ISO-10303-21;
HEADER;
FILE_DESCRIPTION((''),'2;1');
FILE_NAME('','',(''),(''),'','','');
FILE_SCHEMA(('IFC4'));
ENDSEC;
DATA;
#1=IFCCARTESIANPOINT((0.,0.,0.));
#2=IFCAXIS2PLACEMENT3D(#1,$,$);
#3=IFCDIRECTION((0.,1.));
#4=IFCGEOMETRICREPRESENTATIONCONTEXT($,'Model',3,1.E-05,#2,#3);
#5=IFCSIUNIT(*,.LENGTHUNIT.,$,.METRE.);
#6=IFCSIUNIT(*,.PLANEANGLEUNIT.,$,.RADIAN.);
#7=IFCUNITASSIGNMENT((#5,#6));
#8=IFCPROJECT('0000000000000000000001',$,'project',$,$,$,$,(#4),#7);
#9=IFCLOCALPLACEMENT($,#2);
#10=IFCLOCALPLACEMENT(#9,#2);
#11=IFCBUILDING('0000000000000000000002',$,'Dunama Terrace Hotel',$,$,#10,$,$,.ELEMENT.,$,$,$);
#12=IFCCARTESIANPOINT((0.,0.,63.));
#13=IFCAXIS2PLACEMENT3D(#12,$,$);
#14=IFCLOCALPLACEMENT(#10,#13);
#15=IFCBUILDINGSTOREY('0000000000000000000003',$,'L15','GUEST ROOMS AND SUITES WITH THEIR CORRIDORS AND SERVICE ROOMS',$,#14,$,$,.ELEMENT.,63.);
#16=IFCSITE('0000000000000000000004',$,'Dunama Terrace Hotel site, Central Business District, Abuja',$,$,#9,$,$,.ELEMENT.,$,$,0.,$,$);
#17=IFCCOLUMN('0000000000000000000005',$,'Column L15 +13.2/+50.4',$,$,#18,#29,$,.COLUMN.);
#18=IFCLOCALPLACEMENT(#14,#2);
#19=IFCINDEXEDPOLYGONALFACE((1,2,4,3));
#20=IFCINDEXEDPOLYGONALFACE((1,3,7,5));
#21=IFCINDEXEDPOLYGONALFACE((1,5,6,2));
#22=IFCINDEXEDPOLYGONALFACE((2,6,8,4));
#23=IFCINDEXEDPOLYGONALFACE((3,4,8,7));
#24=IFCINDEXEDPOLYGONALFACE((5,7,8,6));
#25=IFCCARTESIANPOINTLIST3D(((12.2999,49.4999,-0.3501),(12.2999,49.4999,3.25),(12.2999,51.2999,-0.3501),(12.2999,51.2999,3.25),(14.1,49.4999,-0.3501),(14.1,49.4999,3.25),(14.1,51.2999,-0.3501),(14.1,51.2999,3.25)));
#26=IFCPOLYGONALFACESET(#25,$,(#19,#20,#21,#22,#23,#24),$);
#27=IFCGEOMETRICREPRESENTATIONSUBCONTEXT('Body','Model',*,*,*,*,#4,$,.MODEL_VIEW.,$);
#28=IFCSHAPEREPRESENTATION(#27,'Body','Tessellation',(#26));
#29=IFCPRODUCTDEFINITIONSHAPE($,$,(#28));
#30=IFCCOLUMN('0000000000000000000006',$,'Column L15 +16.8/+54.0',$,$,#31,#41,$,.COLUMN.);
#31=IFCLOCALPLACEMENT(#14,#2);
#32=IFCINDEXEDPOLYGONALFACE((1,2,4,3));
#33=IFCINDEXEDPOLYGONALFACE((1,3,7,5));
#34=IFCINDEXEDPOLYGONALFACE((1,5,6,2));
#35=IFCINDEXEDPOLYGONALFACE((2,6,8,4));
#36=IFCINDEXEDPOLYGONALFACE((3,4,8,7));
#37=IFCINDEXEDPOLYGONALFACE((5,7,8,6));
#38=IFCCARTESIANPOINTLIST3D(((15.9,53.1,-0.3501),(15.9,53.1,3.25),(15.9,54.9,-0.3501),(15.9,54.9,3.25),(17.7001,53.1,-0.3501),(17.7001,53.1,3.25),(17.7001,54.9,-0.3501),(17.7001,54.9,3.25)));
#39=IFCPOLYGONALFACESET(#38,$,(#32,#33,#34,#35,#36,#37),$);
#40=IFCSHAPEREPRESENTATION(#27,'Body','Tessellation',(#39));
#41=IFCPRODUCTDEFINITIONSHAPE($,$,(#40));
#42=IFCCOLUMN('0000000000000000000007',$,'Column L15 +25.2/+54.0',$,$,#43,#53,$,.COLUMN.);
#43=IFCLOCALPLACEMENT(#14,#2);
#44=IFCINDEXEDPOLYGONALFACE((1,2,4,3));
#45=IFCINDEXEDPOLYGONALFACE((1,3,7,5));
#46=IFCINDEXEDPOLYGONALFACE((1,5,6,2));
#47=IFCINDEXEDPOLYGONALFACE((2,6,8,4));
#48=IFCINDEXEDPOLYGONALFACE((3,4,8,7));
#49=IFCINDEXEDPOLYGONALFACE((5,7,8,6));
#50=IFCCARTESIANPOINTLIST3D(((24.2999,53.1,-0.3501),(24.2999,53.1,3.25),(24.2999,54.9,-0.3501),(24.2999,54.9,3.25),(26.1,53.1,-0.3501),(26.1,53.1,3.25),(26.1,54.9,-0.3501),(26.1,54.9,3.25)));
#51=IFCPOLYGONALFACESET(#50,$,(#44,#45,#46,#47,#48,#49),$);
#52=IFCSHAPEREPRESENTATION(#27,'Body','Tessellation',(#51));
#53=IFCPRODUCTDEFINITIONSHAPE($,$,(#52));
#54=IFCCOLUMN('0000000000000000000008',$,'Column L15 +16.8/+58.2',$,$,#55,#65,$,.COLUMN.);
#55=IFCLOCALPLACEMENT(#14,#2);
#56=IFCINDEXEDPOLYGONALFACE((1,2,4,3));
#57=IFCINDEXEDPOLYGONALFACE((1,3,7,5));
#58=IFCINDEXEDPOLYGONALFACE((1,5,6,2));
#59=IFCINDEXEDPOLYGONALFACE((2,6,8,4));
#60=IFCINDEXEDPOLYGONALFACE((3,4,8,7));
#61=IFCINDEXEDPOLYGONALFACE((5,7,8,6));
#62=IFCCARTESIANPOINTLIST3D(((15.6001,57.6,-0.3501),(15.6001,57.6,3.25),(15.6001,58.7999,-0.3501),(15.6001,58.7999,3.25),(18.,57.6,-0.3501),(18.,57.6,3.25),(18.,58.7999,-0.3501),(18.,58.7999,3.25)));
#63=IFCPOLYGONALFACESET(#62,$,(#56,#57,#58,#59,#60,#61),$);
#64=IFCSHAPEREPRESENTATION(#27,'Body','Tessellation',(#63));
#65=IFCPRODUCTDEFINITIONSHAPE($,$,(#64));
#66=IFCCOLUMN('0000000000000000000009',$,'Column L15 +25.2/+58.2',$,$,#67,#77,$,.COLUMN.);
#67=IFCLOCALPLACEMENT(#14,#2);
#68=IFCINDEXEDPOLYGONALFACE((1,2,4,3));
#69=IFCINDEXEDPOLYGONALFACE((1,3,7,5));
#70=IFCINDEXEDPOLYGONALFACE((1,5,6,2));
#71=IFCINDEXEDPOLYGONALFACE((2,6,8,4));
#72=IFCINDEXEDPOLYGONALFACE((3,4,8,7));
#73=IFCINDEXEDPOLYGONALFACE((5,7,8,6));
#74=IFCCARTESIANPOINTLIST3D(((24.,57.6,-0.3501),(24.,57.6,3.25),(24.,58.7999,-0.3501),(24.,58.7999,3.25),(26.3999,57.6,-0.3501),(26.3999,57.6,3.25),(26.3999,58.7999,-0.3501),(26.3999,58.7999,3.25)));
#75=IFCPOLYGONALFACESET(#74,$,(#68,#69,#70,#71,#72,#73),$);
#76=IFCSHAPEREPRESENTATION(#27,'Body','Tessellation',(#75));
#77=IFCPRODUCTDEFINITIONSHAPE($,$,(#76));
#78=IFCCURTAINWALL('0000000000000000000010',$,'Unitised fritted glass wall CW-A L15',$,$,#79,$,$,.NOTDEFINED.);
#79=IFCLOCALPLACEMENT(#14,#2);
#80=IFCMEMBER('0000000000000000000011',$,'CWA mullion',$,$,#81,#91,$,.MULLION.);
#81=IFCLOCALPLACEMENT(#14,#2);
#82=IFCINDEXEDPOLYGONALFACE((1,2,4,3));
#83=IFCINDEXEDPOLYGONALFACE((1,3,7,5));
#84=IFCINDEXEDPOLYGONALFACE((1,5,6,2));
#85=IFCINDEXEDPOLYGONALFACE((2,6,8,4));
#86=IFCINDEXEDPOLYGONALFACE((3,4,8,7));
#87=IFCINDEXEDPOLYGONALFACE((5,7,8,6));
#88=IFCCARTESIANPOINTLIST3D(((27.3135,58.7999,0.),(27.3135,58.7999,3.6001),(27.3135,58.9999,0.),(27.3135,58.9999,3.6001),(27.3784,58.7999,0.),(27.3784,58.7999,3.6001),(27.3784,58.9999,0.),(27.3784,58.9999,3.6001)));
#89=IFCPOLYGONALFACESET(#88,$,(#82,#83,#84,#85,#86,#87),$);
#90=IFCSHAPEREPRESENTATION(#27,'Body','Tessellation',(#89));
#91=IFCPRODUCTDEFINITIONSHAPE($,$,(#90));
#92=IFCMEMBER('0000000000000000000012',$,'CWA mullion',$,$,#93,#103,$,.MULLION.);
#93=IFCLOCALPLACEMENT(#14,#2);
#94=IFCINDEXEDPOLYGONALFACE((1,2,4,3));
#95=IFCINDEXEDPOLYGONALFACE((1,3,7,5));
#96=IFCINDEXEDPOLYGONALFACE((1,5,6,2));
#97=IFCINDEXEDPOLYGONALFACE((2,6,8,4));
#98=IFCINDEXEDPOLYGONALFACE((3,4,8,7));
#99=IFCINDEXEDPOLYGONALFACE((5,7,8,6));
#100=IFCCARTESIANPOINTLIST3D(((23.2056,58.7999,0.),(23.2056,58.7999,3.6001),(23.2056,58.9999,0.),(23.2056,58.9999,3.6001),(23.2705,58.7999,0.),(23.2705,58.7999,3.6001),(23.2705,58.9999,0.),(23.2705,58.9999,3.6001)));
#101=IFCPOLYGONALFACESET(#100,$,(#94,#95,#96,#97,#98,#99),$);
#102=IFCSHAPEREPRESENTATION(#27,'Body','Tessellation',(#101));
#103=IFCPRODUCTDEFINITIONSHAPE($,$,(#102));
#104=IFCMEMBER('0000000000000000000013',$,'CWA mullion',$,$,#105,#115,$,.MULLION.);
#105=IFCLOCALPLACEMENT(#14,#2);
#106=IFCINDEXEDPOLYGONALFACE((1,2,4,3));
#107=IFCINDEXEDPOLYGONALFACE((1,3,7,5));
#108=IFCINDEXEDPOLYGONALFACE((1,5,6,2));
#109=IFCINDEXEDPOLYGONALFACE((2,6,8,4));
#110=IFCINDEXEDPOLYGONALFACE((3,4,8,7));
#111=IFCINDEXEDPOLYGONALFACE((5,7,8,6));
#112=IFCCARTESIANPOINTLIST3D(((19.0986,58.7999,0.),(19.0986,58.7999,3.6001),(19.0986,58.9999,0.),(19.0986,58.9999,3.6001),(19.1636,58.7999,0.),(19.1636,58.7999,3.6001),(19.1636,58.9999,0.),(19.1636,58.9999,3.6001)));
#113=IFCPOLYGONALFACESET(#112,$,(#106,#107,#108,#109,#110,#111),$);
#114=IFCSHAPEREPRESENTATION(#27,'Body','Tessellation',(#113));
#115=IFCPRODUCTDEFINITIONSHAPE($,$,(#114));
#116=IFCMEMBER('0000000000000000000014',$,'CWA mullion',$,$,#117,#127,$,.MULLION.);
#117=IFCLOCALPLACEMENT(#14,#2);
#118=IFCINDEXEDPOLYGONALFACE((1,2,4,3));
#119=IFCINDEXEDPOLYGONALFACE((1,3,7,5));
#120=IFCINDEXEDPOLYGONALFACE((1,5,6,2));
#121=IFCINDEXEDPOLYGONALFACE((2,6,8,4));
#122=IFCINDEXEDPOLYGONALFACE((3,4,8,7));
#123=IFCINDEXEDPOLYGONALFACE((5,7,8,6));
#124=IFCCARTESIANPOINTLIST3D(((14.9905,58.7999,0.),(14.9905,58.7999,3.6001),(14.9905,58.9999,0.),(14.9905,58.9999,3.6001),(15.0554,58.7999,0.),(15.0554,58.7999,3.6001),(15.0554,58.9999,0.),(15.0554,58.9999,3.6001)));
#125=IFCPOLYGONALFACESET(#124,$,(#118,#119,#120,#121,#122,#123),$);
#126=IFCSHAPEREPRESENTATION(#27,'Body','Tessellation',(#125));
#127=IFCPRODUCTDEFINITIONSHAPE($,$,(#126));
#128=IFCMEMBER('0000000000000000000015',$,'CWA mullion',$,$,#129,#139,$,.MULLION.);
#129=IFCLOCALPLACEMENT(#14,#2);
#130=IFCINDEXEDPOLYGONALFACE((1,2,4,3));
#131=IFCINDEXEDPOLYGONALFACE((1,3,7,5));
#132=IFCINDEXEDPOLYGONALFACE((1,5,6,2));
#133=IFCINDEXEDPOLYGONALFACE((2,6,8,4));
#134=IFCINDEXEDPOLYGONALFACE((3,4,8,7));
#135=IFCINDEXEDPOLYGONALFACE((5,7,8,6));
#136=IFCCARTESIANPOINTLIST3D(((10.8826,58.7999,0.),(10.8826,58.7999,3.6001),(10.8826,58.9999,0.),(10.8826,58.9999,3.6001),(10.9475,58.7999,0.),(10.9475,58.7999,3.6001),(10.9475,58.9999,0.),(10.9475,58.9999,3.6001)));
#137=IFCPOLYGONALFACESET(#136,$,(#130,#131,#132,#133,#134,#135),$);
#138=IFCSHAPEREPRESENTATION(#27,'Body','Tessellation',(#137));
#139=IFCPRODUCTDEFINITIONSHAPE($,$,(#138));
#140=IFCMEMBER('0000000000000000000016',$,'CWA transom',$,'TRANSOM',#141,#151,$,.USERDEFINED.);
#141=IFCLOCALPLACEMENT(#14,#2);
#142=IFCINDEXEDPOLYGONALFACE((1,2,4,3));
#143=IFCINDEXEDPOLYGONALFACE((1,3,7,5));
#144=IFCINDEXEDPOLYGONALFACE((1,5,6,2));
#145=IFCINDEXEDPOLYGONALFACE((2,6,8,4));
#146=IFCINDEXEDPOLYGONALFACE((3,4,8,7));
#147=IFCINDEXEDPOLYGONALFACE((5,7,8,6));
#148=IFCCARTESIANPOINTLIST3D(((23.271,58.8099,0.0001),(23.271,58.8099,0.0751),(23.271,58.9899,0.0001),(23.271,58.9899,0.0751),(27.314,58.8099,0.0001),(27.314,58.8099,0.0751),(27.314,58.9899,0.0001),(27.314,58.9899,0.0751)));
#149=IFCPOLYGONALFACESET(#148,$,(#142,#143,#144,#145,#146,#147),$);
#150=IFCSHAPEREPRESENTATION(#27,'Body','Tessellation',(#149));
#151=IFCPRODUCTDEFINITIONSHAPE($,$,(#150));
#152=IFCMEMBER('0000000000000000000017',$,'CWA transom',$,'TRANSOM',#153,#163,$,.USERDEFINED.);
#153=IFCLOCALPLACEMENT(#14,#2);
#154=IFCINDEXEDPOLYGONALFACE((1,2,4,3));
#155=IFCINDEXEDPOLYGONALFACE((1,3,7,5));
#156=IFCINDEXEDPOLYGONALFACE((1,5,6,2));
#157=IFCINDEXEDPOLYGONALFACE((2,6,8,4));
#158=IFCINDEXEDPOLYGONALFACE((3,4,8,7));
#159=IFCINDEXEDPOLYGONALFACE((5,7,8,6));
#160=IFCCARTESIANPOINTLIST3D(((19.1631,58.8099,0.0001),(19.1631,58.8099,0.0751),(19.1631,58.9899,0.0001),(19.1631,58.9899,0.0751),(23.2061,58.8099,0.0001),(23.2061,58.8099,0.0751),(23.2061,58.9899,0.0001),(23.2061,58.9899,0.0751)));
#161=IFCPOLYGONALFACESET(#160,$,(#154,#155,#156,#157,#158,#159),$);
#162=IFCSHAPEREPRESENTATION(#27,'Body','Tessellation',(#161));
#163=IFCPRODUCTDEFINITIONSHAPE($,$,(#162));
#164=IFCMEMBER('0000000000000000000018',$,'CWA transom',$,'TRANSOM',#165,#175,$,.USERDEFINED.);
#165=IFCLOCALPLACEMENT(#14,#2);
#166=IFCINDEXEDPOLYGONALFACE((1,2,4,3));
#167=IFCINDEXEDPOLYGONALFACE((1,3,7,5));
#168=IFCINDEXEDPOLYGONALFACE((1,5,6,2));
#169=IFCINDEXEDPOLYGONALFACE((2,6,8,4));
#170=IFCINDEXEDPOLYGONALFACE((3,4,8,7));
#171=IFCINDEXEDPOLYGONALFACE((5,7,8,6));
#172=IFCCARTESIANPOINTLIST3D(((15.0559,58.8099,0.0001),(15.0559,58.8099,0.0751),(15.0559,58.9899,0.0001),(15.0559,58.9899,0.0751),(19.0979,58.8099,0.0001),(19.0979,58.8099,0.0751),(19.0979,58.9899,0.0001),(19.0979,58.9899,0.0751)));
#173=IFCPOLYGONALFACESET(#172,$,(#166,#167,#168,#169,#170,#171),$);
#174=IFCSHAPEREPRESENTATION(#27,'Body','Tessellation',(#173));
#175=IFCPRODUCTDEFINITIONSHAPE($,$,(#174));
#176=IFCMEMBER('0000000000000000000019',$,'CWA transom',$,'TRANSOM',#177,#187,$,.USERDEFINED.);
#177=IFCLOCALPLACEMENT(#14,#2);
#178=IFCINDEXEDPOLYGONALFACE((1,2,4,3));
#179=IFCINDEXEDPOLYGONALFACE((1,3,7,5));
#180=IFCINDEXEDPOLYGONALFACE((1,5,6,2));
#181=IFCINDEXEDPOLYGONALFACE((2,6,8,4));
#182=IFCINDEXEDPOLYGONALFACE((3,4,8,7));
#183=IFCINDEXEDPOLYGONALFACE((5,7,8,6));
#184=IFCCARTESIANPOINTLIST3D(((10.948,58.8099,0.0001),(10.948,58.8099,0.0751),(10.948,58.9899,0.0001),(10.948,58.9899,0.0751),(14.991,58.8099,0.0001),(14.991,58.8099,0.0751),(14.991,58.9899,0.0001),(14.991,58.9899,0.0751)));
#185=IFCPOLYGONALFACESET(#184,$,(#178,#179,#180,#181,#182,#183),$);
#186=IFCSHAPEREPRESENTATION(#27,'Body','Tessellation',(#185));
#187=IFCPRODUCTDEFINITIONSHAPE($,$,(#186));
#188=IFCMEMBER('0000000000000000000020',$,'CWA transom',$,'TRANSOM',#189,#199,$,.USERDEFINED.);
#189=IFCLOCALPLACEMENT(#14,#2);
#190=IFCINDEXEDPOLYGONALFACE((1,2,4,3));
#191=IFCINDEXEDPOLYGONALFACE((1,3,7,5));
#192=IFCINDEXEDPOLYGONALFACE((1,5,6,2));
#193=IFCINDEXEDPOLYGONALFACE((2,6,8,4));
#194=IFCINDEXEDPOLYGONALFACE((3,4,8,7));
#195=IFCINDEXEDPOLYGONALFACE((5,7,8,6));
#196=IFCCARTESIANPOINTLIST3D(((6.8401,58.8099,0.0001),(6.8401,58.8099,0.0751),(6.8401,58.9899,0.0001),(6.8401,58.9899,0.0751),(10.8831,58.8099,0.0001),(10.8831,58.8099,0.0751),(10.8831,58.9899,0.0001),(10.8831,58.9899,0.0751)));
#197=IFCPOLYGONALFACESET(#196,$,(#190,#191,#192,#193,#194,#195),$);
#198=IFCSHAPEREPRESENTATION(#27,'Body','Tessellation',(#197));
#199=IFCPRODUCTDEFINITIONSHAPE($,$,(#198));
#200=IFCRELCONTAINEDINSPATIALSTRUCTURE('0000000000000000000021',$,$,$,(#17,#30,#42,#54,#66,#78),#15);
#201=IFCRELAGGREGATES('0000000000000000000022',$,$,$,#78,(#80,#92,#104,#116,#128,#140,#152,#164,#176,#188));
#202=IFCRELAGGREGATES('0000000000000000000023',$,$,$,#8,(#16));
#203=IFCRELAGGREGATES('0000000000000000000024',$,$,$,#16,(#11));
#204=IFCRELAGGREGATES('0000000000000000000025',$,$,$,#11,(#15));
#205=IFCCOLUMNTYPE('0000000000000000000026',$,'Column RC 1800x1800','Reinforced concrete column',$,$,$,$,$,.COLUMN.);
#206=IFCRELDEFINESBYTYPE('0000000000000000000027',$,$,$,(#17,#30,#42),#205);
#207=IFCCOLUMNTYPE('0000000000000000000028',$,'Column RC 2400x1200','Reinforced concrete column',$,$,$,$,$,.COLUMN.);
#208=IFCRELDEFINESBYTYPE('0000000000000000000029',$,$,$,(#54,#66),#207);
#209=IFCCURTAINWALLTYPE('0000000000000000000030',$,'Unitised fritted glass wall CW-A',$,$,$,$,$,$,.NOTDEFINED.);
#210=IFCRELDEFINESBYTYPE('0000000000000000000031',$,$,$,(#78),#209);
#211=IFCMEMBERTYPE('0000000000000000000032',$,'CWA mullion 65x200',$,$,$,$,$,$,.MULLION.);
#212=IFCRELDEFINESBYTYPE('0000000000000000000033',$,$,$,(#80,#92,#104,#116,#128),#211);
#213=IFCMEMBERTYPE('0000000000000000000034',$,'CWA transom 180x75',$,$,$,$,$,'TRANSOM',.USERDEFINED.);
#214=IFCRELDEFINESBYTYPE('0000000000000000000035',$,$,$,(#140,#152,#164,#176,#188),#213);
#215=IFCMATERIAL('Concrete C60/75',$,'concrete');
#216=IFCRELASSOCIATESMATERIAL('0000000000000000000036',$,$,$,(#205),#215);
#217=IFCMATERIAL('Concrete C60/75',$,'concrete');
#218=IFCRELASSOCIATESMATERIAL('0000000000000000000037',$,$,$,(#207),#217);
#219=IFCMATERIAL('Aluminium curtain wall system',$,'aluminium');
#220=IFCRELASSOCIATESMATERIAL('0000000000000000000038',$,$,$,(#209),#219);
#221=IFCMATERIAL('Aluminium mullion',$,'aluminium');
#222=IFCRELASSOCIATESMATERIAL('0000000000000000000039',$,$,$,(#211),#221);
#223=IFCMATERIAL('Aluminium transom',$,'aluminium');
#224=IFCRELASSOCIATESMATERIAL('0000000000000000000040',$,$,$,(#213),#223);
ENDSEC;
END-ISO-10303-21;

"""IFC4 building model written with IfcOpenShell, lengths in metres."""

from ifc_helpers import new_model, si_unit, direction, frame, origin, origin_2d, place, context, subcontext, project, spatial, rectangle, extrude, material, material_profile, profile_set, type_object, element, aggregate, save


model = new_model("IFC4")

# Units and contexts
model_context = context("Model", 3, precision=1e-05, world=origin(), true_north=direction((0.0, 1.0)))
body_context = subcontext(model_context, "Body", "Model", "MODEL_VIEW")
ifc_project = project(units=[si_unit("LENGTHUNIT", "METRE"), si_unit("PLANEANGLEUNIT", "RADIAN")], contexts=[model_context])

# Site, building, storey
site_placement = place(None, origin())
site = spatial("IfcSite", under=ifc_project, at=site_placement, Name="Dunama Terrace Hotel site, Central Business District, Abuja", CompositionType="ELEMENT", RefElevation=0.0)
building_placement = place(site_placement, origin())
building = spatial("IfcBuilding", under=site, at=building_placement, Name="Dunama Terrace Hotel", CompositionType="ELEMENT")
storey_placement = place(building_placement, frame((0.0, 0.0, 63.0)))
storey = spatial("IfcBuildingStorey", under=building, at=storey_placement, Name="L15", Description="GUEST ROOMS AND SUITES WITH THEIR CORRIDORS AND SERVICE ROOMS", CompositionType="ELEMENT", Elevation=63.0)

# Columns
ifc_material_1 = material(Name="Concrete C60/75", Category="concrete")
ifc_material_profile_1 = material_profile(ifc_material_1, rectangle(XDim=1.8, YDim=1.8, at=origin_2d()), Name="RC 1800x1800")
ifc_profile_set_1 = profile_set([ifc_material_profile_1], Name="Concrete C60/75")
column_type_1 = type_object("IfcColumnType", Name="Column RC 1800x1800", Description="Reinforced concrete column", PredefinedType="COLUMN", material=ifc_profile_set_1)
for number, where, z_axis, x_axis, name in (
    (1, (13.2, 50.3999, -0.3501), (0.0, 0.0, 1.0), (1.0, 0.0, 0.0), "Column L15 +13.2/+50.4"),
    (2, (16.8, 54.0, -0.3501), (0.0, 0.0, 1.0), (1.0, 0.0, 0.0), "Column L15 +16.8/+54.0"),
    (3, (25.2, 54.0, -0.3501), (0.0, 0.0, 1.0), (1.0, 0.0, 0.0), "Column L15 +25.2/+54.0"),
):
    element("IfcColumn", number, at=place(storey_placement, frame(where, z_axis=z_axis, x_axis=x_axis)), inside=storey, type_object=column_type_1, Name=name, PredefinedType="COLUMN", context=body_context, shape_type="SweptSolid", body=[
        extrude(rectangle(XDim=1.8, YDim=1.8, at=origin_2d()), origin(), (0.0, 0.0, 1.0), 3.6001),
    ])
ifc_material_2 = material(Name="Concrete C60/75", Category="concrete")
ifc_material_profile_2 = material_profile(ifc_material_2, rectangle(XDim=2.3999, YDim=1.2, at=origin_2d()), Name="RC 2400x1200")
ifc_profile_set_2 = profile_set([ifc_material_profile_2], Name="Concrete C60/75")
column_type_2 = type_object("IfcColumnType", Name="Column RC 2400x1200", Description="Reinforced concrete column", PredefinedType="COLUMN", material=ifc_profile_set_2)
for number, where, z_axis, x_axis, name in (
    (4, (16.8, 58.2, -0.3501), (0.0, 0.0, 1.0), (1.0, 0.0, 0.0), "Column L15 +16.8/+58.2"),
    (5, (25.2, 58.2, -0.3501), (0.0, 0.0, 1.0), (1.0, 0.0, 0.0), "Column L15 +25.2/+58.2"),
):
    element("IfcColumn", number, at=place(storey_placement, frame(where, z_axis=z_axis, x_axis=x_axis)), inside=storey, type_object=column_type_2, Name=name, PredefinedType="COLUMN", context=body_context, shape_type="SweptSolid", body=[
        extrude(rectangle(XDim=2.3999, YDim=1.2, at=origin_2d()), origin(), (0.0, 0.0, 1.0), 3.6001),
    ])

# Curtain wall, members
ifc_material_3 = material(Name="Aluminium curtain wall system", Category="aluminium")
curtain_wall_type = type_object("IfcCurtainWallType", Name="Unitised fritted glass wall CW-A", PredefinedType="NOTDEFINED", material=ifc_material_3)
curtain_wall_placement = place(storey_placement, origin())
curtain_wall = element("IfcCurtainWall", 6, at=curtain_wall_placement, inside=storey, type_object=curtain_wall_type, Name="Unitised fritted glass wall CW-A L15", PredefinedType="NOTDEFINED")
ifc_material_4 = material(Name="Aluminium mullion", Category="aluminium")
ifc_material_profile_3 = material_profile(ifc_material_4, rectangle(XDim=0.0649, YDim=0.2, at=origin_2d()), Name="CWA MULLION 65X200")
ifc_profile_set_3 = profile_set([ifc_material_profile_3], Name="Aluminium mullion")
member_type_1 = type_object("IfcMemberType", Name="CWA mullion 65x200", PredefinedType="MULLION", material=ifc_profile_set_3)
member_1_placement = place(storey_placement, frame((27.3459, 58.8999, 0.0), z_axis=(0.0, 0.0, 1.0), x_axis=(-1.0, 0.0, 0.0)))
member_1 = element("IfcMember", 7, at=member_1_placement, type_object=member_type_1, Name="CWA mullion", PredefinedType="MULLION", context=body_context, shape_type="SweptSolid", body=[
    extrude(rectangle(XDim=0.0649, YDim=0.2, at=origin_2d()), origin(), (0.0, 0.0, 1.0), 3.6001),
])
member_2_placement = place(storey_placement, frame((23.238, 58.8999, 0.0), z_axis=(0.0, 0.0, 1.0), x_axis=(-1.0, 0.0, 0.0)))
member_2 = element("IfcMember", 8, at=member_2_placement, type_object=member_type_1, Name="CWA mullion", PredefinedType="MULLION", context=body_context, shape_type="SweptSolid", body=[
    extrude(rectangle(XDim=0.0649, YDim=0.2, at=origin_2d()), origin(), (0.0, 0.0, 1.0), 3.6001),
])
member_3_placement = place(storey_placement, frame((19.1311, 58.8999, 0.0), z_axis=(0.0, 0.0, 1.0), x_axis=(-1.0, 0.0, 0.0)))
member_3 = element("IfcMember", 9, at=member_3_placement, type_object=member_type_1, Name="CWA mullion", PredefinedType="MULLION", context=body_context, shape_type="SweptSolid", body=[
    extrude(rectangle(XDim=0.0649, YDim=0.2, at=origin_2d()), origin(), (0.0, 0.0, 1.0), 3.6001),
])
member_4_placement = place(storey_placement, frame((15.0229, 58.8999, 0.0), z_axis=(0.0, 0.0, 1.0), x_axis=(-1.0, 0.0, 0.0)))
member_4 = element("IfcMember", 10, at=member_4_placement, type_object=member_type_1, Name="CWA mullion", PredefinedType="MULLION", context=body_context, shape_type="SweptSolid", body=[
    extrude(rectangle(XDim=0.0649, YDim=0.2, at=origin_2d()), origin(), (0.0, 0.0, 1.0), 3.6001),
])
member_5_placement = place(storey_placement, frame((10.915, 58.8999, 0.0), z_axis=(0.0, 0.0, 1.0), x_axis=(-1.0, 0.0, 0.0)))
member_5 = element("IfcMember", 11, at=member_5_placement, type_object=member_type_1, Name="CWA mullion", PredefinedType="MULLION", context=body_context, shape_type="SweptSolid", body=[
    extrude(rectangle(XDim=0.0649, YDim=0.2, at=origin_2d()), origin(), (0.0, 0.0, 1.0), 3.6001),
])
ifc_material_5 = material(Name="Aluminium transom", Category="aluminium")
ifc_material_profile_4 = material_profile(ifc_material_5, rectangle(XDim=0.1799, YDim=0.075, at=origin_2d()), Name="CWA TRANSOM 180X75")
ifc_profile_set_4 = profile_set([ifc_material_profile_4], Name="Aluminium transom")
member_type_2 = type_object("IfcMemberType", Name="CWA transom 180x75", ElementType="TRANSOM", PredefinedType="USERDEFINED", material=ifc_profile_set_4)
member_6_placement = place(storey_placement, frame((27.314, 58.8999, 0.0376), z_axis=(-1.0, 0.0, 0.0), x_axis=(0.0, -1.0, 0.0)))
member_6 = element("IfcMember", 12, at=member_6_placement, type_object=member_type_2, Name="CWA transom", ObjectType="TRANSOM", PredefinedType="USERDEFINED", context=body_context, shape_type="SweptSolid", body=[
    extrude(rectangle(XDim=0.1799, YDim=0.075, at=origin_2d()), origin(), (0.0, 0.0, 1.0), 4.043),
])
member_7_placement = place(storey_placement, frame((23.2061, 58.8999, 0.0376), z_axis=(-1.0, 0.0, 0.0), x_axis=(0.0, -1.0, 0.0)))
member_7 = element("IfcMember", 13, at=member_7_placement, type_object=member_type_2, Name="CWA transom", ObjectType="TRANSOM", PredefinedType="USERDEFINED", context=body_context, shape_type="SweptSolid", body=[
    extrude(rectangle(XDim=0.1799, YDim=0.075, at=origin_2d()), origin(), (0.0, 0.0, 1.0), 4.043),
])
member_8_placement = place(storey_placement, frame((19.0979, 58.8999, 0.0376), z_axis=(-1.0, 0.0, 0.0), x_axis=(0.0, -1.0, 0.0)))
member_8 = element("IfcMember", 14, at=member_8_placement, type_object=member_type_2, Name="CWA transom", ObjectType="TRANSOM", PredefinedType="USERDEFINED", context=body_context, shape_type="SweptSolid", body=[
    extrude(rectangle(XDim=0.1799, YDim=0.075, at=origin_2d()), origin(), (0.0, 0.0, 1.0), 4.042),
])
member_9_placement = place(storey_placement, frame((14.991, 58.8999, 0.0376), z_axis=(-1.0, 0.0, 0.0), x_axis=(0.0, -1.0, 0.0)))
member_9 = element("IfcMember", 15, at=member_9_placement, type_object=member_type_2, Name="CWA transom", ObjectType="TRANSOM", PredefinedType="USERDEFINED", context=body_context, shape_type="SweptSolid", body=[
    extrude(rectangle(XDim=0.1799, YDim=0.075, at=origin_2d()), origin(), (0.0, 0.0, 1.0), 4.043),
])
member_10_placement = place(storey_placement, frame((10.8831, 58.8999, 0.0376), z_axis=(-1.0, 0.0, 0.0), x_axis=(0.0, -1.0, 0.0)))
member_10 = element("IfcMember", 16, at=member_10_placement, type_object=member_type_2, Name="CWA transom", ObjectType="TRANSOM", PredefinedType="USERDEFINED", context=body_context, shape_type="SweptSolid", body=[
    extrude(rectangle(XDim=0.1799, YDim=0.075, at=origin_2d()), origin(), (0.0, 0.0, 1.0), 4.043),
])

aggregate(curtain_wall, [member_1, member_2, member_3, member_4, member_5, member_6, member_7, member_8, member_9, member_10])

save(model, "model.ifc")
